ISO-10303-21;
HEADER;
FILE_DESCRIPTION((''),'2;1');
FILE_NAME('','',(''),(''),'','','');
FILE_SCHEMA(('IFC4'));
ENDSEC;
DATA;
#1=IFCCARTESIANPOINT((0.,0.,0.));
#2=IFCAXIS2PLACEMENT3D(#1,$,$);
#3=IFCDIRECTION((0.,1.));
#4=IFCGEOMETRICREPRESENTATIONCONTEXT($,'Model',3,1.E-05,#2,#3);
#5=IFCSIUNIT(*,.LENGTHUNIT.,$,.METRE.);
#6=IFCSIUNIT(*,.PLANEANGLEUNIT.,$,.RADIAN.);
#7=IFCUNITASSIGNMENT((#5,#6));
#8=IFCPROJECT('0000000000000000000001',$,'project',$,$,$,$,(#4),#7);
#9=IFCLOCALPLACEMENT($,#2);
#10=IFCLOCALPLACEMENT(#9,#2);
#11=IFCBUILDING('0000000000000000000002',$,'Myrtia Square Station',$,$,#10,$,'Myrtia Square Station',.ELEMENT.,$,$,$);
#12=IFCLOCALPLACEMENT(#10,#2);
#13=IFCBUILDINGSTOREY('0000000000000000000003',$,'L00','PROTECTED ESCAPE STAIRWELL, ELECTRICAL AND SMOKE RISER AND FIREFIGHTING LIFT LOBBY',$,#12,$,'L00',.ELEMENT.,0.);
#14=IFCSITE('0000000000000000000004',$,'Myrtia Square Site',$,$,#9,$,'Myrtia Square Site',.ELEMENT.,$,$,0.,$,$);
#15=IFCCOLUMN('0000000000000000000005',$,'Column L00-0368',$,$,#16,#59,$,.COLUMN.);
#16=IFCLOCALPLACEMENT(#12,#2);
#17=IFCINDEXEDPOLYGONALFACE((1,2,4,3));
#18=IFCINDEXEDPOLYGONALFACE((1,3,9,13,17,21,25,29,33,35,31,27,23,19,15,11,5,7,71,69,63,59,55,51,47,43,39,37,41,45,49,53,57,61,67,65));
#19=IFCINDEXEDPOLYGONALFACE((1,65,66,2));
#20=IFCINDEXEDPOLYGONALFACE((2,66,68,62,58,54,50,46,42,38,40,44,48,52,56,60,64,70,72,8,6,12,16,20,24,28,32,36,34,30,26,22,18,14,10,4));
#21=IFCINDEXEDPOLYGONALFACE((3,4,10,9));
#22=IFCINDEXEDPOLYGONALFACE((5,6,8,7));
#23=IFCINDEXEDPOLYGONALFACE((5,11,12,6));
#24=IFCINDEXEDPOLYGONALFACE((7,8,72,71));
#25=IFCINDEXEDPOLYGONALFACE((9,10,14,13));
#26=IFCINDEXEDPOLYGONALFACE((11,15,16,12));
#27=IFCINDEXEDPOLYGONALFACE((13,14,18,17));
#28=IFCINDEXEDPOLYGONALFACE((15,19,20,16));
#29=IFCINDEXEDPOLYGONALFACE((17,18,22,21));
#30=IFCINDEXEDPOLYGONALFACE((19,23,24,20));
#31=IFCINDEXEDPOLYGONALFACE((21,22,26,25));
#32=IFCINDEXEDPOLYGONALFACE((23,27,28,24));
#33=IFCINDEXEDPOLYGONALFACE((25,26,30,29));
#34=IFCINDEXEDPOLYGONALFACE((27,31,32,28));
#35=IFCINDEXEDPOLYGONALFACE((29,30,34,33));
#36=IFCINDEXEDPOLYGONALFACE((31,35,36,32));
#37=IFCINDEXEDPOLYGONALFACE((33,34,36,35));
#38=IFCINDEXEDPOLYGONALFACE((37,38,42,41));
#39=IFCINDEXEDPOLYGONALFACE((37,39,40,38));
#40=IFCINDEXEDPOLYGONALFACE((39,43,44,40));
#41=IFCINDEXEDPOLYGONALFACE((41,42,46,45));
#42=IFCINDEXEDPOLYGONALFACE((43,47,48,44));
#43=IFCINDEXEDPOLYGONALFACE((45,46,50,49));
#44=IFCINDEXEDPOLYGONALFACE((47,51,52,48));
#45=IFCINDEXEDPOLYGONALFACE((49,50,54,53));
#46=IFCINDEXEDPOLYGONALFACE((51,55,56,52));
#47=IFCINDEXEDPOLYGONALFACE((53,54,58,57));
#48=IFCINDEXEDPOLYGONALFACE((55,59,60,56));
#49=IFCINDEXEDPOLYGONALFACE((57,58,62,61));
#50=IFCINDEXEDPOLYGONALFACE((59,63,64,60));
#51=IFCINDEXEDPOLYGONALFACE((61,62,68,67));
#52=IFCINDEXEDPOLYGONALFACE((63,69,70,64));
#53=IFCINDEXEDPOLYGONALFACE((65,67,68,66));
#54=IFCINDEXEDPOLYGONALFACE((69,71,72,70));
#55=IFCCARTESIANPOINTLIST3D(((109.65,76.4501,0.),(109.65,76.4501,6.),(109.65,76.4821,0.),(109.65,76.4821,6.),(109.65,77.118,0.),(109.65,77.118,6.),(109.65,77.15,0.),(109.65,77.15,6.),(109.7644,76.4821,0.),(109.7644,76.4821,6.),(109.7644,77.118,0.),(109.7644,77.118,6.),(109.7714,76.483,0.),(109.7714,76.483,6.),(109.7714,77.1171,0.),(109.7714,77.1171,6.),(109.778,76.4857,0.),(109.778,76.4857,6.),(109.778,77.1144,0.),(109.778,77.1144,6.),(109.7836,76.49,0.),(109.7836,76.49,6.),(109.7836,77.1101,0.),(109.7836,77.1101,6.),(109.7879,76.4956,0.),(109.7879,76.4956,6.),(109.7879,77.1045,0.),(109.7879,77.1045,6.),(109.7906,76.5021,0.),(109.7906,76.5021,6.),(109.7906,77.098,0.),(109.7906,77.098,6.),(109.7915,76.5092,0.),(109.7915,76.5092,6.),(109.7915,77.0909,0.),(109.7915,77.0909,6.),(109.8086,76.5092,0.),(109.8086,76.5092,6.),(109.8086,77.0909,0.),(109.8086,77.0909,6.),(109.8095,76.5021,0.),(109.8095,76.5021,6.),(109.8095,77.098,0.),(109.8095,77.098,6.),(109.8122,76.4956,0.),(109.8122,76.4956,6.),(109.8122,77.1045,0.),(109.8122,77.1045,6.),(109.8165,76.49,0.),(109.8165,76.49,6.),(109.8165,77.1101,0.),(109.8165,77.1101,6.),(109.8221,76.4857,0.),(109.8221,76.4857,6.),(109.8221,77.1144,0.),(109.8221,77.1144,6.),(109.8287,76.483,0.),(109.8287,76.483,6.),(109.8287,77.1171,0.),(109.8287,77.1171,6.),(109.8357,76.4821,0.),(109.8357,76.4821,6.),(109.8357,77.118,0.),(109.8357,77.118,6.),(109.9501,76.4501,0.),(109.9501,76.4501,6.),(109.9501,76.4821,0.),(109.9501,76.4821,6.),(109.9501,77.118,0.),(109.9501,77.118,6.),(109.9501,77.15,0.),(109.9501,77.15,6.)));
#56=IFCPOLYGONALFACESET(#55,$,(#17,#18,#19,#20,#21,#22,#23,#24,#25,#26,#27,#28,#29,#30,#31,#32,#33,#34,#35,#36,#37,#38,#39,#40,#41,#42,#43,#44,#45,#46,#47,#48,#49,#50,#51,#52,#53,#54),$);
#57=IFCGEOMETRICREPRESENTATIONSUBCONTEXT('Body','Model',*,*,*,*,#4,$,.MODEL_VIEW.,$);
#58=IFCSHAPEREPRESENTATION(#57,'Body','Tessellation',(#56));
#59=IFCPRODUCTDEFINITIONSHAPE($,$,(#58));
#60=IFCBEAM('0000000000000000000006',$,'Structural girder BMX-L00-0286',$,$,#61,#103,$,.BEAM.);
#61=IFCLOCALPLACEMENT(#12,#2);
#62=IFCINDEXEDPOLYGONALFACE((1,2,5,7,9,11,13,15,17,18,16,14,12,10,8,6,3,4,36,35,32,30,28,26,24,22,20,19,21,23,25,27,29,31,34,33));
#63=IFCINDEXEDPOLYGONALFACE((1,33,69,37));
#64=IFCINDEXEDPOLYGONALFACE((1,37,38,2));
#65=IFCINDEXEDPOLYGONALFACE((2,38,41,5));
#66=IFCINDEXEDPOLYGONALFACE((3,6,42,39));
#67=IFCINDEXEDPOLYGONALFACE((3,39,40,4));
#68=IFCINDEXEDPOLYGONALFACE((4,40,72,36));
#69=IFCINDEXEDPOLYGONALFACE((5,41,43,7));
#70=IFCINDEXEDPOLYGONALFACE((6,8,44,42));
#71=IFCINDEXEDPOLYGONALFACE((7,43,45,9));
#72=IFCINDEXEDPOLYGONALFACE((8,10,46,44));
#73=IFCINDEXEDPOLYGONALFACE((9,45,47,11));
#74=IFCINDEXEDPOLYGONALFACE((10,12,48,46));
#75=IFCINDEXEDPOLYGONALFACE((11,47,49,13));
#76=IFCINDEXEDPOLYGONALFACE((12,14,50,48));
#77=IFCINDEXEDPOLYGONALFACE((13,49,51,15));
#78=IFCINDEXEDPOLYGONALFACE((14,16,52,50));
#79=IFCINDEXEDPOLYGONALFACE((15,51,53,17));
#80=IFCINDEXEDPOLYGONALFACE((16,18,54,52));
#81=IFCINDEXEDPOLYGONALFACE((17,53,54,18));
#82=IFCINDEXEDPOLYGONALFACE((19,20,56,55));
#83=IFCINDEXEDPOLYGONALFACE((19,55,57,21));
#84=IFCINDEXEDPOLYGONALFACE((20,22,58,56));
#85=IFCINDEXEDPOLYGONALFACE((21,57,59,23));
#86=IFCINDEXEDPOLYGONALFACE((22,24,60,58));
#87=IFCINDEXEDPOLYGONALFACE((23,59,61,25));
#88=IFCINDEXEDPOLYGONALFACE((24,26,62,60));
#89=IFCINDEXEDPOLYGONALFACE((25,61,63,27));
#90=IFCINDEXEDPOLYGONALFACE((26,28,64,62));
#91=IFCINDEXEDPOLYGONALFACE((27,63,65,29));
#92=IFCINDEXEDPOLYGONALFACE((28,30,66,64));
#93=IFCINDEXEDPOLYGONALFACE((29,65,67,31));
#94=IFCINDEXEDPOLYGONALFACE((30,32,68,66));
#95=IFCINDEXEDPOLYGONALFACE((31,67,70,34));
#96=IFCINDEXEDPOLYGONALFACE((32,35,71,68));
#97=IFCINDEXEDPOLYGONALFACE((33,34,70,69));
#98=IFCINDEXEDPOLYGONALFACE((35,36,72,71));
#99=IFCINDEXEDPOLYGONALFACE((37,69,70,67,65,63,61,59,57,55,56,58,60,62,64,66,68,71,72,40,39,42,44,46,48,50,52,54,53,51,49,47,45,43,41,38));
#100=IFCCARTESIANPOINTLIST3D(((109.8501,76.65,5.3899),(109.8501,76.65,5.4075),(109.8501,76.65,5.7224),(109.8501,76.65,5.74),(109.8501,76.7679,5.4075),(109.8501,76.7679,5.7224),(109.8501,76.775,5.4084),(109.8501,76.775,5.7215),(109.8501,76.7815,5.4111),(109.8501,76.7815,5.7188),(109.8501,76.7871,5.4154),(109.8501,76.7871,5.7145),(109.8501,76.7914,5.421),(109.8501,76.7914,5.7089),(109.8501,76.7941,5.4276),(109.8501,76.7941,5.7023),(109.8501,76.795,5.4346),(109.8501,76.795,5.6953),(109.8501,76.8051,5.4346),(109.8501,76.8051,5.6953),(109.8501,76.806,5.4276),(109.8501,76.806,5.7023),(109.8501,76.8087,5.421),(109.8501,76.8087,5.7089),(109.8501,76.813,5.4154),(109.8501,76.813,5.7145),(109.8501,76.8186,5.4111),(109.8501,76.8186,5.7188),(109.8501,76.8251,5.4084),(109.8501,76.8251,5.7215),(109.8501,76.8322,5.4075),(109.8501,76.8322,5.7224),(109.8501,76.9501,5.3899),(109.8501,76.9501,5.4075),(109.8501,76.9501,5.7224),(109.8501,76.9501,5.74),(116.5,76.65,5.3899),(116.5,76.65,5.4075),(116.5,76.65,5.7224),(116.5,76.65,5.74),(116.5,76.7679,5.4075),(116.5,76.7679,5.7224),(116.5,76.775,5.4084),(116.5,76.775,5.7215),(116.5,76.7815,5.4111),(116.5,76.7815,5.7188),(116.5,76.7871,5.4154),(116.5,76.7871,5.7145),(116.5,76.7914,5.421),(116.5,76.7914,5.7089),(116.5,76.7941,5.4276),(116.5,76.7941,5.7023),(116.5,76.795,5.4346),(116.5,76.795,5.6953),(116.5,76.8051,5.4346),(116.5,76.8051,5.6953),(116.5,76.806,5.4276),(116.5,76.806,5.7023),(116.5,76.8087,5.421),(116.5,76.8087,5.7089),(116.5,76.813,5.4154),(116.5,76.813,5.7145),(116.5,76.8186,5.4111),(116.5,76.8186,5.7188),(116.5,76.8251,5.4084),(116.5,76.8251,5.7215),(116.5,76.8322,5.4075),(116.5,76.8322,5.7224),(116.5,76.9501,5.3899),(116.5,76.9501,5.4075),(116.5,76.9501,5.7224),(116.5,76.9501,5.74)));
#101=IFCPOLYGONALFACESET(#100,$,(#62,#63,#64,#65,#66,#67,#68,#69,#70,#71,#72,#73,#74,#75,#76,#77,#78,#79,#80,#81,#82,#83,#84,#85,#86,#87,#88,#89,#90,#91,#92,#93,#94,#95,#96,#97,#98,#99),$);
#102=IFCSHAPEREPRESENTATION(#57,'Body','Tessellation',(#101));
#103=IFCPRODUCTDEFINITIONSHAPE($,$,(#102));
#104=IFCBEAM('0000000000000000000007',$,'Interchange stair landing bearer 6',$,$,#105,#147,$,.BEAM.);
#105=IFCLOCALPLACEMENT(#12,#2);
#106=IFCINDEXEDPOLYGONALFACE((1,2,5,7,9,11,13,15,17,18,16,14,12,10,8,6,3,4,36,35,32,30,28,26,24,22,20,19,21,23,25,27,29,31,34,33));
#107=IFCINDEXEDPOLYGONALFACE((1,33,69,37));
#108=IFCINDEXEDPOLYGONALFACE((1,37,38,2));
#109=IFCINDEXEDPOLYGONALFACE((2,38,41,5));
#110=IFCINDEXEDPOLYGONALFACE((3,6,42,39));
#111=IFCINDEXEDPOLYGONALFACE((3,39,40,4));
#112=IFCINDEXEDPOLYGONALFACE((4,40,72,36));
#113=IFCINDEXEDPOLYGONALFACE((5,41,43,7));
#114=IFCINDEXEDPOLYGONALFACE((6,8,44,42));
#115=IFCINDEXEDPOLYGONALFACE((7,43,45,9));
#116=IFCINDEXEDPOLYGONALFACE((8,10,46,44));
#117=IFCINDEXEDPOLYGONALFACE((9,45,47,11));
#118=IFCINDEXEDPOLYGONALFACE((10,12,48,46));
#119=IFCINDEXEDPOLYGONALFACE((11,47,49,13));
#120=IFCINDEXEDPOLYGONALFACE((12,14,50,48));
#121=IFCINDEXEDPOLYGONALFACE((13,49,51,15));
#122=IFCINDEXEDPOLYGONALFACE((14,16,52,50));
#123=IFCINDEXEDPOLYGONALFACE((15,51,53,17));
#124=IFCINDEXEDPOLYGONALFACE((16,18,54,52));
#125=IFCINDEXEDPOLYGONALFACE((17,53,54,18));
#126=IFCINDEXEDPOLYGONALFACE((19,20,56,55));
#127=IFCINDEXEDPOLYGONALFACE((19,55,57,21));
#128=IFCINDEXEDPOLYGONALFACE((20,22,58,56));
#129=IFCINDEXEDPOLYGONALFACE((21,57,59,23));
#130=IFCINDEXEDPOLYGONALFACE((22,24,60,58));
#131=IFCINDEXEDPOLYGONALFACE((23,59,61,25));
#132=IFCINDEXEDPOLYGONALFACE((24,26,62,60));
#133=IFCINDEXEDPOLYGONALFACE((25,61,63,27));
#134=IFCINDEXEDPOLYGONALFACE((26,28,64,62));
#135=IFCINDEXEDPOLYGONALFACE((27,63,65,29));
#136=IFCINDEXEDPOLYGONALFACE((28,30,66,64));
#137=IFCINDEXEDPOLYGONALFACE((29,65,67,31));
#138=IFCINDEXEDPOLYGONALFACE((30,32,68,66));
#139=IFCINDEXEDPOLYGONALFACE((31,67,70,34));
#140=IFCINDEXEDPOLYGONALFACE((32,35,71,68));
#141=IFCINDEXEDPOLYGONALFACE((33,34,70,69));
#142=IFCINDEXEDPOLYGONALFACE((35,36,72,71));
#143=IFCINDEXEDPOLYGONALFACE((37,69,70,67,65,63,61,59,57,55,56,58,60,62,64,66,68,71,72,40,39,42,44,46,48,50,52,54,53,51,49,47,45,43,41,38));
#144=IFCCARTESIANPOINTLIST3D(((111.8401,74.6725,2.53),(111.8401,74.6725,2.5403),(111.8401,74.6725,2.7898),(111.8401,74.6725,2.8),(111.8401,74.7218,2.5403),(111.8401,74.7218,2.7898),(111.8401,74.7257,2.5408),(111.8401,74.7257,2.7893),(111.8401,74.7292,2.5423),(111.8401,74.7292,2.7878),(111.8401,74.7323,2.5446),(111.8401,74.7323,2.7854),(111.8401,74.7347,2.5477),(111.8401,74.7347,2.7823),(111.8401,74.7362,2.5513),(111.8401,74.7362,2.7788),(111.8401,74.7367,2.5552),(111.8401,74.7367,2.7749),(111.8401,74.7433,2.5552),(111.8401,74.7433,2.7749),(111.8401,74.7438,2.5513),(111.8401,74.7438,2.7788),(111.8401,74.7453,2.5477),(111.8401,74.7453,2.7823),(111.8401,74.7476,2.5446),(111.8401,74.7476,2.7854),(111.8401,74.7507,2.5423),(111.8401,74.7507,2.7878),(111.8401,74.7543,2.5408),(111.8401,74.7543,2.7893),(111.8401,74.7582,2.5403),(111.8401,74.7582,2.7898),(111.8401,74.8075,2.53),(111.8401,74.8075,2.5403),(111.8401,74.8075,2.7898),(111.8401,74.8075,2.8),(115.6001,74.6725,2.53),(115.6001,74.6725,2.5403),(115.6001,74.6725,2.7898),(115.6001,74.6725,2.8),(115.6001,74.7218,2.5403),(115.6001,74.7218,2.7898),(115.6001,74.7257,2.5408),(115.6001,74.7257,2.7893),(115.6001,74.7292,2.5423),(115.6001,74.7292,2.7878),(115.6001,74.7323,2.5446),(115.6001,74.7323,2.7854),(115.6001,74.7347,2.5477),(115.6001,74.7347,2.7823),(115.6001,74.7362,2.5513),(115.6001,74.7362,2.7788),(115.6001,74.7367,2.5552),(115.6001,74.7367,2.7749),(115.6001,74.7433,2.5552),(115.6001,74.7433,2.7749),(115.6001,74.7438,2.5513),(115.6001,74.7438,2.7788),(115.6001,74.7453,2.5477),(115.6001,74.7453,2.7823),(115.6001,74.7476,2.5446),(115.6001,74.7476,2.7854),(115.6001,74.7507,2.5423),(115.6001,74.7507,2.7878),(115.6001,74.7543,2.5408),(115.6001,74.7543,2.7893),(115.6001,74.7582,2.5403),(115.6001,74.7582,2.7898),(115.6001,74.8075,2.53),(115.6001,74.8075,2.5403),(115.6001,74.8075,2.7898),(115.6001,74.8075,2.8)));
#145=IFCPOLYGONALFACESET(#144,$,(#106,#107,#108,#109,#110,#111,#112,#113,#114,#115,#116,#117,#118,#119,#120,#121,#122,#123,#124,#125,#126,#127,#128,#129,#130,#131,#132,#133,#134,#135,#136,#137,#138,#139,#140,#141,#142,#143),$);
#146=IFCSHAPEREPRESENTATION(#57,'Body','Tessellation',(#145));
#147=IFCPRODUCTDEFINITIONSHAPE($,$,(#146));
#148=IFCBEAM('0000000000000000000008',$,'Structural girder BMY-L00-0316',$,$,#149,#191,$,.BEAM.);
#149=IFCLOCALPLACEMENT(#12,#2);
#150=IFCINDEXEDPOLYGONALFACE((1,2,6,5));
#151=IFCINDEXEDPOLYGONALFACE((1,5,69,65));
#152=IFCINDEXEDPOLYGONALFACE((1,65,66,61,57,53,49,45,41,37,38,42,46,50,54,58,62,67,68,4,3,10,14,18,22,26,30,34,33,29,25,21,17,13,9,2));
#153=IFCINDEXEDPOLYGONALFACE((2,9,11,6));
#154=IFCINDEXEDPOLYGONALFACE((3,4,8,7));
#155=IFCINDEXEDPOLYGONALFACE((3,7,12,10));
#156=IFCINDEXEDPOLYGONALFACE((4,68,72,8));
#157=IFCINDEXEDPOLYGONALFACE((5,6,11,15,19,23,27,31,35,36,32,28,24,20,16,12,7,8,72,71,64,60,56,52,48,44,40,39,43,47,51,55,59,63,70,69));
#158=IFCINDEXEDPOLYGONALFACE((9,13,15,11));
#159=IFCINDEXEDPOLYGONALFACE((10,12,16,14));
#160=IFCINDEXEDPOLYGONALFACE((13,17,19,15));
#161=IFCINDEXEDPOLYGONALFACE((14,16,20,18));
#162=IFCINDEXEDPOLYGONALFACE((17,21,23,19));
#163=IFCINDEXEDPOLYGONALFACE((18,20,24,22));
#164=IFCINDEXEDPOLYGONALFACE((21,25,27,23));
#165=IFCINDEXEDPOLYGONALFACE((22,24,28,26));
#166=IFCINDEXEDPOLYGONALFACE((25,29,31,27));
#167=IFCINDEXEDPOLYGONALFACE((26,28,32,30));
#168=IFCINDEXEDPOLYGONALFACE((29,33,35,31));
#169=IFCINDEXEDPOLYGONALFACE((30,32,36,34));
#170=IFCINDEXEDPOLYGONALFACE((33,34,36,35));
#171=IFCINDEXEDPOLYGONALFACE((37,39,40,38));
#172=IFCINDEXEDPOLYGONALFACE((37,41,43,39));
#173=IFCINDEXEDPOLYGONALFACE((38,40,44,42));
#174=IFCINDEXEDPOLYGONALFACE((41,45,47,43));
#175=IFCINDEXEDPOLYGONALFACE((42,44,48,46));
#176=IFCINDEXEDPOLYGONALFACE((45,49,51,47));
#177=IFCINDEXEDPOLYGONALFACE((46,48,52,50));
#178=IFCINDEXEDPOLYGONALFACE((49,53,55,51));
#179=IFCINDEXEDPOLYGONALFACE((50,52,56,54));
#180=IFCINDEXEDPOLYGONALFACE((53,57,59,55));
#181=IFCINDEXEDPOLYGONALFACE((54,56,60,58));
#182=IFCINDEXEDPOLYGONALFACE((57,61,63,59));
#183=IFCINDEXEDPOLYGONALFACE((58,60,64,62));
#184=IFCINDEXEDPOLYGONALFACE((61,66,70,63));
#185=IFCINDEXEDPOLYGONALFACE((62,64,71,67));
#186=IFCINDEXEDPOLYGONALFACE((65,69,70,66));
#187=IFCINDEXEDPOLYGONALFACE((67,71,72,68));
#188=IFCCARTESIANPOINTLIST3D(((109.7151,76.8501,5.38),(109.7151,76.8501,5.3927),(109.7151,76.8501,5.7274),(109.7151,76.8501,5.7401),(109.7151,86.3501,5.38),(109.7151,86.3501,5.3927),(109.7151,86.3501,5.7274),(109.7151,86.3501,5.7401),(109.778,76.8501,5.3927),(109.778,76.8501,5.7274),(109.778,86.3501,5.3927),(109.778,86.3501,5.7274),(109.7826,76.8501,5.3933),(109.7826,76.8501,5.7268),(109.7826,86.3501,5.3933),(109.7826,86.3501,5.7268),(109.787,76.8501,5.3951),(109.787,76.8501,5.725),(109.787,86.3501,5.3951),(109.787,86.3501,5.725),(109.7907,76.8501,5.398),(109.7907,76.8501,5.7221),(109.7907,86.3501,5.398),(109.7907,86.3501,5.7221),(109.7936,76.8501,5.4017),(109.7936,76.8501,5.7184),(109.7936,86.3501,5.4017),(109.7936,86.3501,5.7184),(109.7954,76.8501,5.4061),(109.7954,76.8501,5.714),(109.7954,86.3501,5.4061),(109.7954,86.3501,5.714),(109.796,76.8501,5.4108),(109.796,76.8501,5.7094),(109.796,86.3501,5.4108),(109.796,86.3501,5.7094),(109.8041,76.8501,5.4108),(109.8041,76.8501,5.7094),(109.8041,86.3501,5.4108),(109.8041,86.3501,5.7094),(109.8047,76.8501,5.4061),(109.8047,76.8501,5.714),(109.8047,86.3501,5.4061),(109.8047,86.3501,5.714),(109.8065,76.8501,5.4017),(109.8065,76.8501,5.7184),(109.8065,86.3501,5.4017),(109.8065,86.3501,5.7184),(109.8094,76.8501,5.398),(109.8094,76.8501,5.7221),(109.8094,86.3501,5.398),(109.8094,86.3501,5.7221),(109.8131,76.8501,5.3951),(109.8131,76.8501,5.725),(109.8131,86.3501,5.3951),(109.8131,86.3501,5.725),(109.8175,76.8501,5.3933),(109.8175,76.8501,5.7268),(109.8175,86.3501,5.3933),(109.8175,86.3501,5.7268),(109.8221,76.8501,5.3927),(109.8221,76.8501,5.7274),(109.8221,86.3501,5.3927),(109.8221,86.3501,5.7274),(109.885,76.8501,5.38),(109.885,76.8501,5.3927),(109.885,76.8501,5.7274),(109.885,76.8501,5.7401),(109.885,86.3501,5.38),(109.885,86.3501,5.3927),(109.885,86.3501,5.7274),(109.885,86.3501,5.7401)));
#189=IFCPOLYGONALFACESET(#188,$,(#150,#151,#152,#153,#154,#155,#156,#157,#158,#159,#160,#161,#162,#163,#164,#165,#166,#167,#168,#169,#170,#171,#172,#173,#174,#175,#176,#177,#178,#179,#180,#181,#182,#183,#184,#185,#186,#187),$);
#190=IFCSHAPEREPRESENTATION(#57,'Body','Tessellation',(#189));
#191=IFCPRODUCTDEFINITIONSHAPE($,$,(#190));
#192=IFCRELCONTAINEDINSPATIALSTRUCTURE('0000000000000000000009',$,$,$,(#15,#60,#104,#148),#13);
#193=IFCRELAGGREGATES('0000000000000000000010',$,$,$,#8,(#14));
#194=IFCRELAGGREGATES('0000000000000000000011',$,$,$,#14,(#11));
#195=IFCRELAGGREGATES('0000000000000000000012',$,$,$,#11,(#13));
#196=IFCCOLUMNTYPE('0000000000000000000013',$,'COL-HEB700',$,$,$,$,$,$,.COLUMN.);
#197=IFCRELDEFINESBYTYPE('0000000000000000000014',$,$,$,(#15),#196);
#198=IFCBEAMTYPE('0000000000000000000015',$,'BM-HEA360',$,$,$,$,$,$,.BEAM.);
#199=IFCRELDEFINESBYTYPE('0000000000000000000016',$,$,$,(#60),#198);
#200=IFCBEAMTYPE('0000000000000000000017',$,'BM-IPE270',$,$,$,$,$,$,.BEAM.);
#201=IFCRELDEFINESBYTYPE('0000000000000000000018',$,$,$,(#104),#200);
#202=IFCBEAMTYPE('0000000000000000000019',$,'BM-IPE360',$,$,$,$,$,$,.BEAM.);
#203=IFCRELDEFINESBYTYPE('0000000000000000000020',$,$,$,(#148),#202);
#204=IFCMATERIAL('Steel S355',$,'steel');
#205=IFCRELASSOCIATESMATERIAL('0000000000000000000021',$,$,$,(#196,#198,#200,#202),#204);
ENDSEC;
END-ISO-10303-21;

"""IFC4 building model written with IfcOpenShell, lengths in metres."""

from ifc_helpers import new_model, si_unit, direction, frame, origin, origin_2d, place, context, subcontext, project, spatial, i_section, extrude, material, material_profile, profile_set, type_object, element, save


model = new_model("IFC4")

# Units and contexts
model_context = context("Model", 3, precision=1e-05, world=origin(), true_north=direction((0.0, 1.0)))
body_context = subcontext(model_context, "Body", "Model", "MODEL_VIEW")
ifc_project = project(units=[si_unit("LENGTHUNIT", "METRE"), si_unit("PLANEANGLEUNIT", "RADIAN")], contexts=[model_context])

# Site, building, storey
site_placement = place(None, origin())
site = spatial("IfcSite", under=ifc_project, at=site_placement, Name="Myrtia Square Site", LongName="Myrtia Square Site", CompositionType="ELEMENT", RefElevation=0.0)
building_placement = place(site_placement, origin())
building = spatial("IfcBuilding", under=site, at=building_placement, Name="Myrtia Square Station", LongName="Myrtia Square Station", CompositionType="ELEMENT")
storey_placement = place(building_placement, origin())
storey = spatial("IfcBuildingStorey", under=building, at=storey_placement, Name="L00", Description="PROTECTED ESCAPE STAIRWELL, ELECTRICAL AND SMOKE RISER AND FIREFIGHTING LIFT LOBBY", LongName="L00", CompositionType="ELEMENT", Elevation=0.0)

# Column
ifc_material_1 = material(Name="Steel S355", Category="steel")
ifc_material_profile_1 = material_profile(ifc_material_1, i_section(OverallWidth=0.3, OverallDepth=0.7, WebThickness=0.0171, FlangeThickness=0.032, FilletRadius=0.0271, at=origin_2d()), Name="HEB 700")
ifc_profile_set_1 = profile_set([ifc_material_profile_1], Name="Steel S355")
column_type_1 = type_object("IfcColumnType", Name="COL-HEB700", PredefinedType="COLUMN", material=ifc_profile_set_1)
column_placement = place(storey_placement, frame((109.8, 76.8, 0.0), z_axis=(0.0, 0.0, 1.0), x_axis=(1.0, 0.0, 0.0)))
element("IfcColumn", 1, at=column_placement, inside=storey, type_object=column_type_1, Name="Column L00-0368", PredefinedType="COLUMN", context=body_context, shape_type="SweptSolid", body=[
    extrude(i_section(OverallWidth=0.3, OverallDepth=0.7, WebThickness=0.0171, FlangeThickness=0.032, FilletRadius=0.0271, at=origin_2d()), origin(), (0.0, 0.0, 1.0), 6.0),
])

# Beams
ifc_material_profile_2 = material_profile(ifc_material_1, i_section(OverallWidth=0.3, OverallDepth=0.3501, WebThickness=0.01, FlangeThickness=0.0176, FilletRadius=0.0271, at=origin_2d()), Name="HEA 360")
ifc_profile_set_2 = profile_set([ifc_material_profile_2], Name="Steel S355")
beam_type_1 = type_object("IfcBeamType", Name="BM-HEA360", PredefinedType="BEAM", material=ifc_profile_set_2)
beam_1_placement = place(storey_placement, frame((109.8501, 76.8, 5.5649), z_axis=(1.0, 0.0, 0.0), x_axis=(0.0, 1.0, 0.0)))
element("IfcBeam", 2, at=beam_1_placement, inside=storey, type_object=beam_type_1, Name="Structural girder BMX-L00-0286", PredefinedType="BEAM", context=body_context, shape_type="SweptSolid", body=[
    extrude(i_section(OverallWidth=0.3, OverallDepth=0.3501, WebThickness=0.01, FlangeThickness=0.0176, FilletRadius=0.0271, at=origin_2d()), origin(), (0.0, 0.0, 1.0), 6.6499),
])
ifc_material_profile_3 = material_profile(ifc_material_1, i_section(OverallWidth=0.135, OverallDepth=0.27, WebThickness=0.0066, FlangeThickness=0.0103, FilletRadius=0.0149, at=origin_2d()), Name="IPE 270")
ifc_profile_set_3 = profile_set([ifc_material_profile_3], Name="Steel S355")
beam_type_2 = type_object("IfcBeamType", Name="BM-IPE270", PredefinedType="BEAM", material=ifc_profile_set_3)
beam_2_placement = place(storey_placement, frame((111.8401, 74.74, 2.665), z_axis=(1.0, 0.0, 0.0), x_axis=(0.0, 1.0, 0.0)))
element("IfcBeam", 3, at=beam_2_placement, inside=storey, type_object=beam_type_2, Name="Interchange stair landing bearer 6", PredefinedType="BEAM", context=body_context, shape_type="SweptSolid", body=[
    extrude(i_section(OverallWidth=0.135, OverallDepth=0.27, WebThickness=0.0066, FlangeThickness=0.0103, FilletRadius=0.0149, at=origin_2d()), origin(), (0.0, 0.0, 1.0), 3.76),
])
ifc_material_profile_4 = material_profile(ifc_material_1, i_section(OverallWidth=0.1699, OverallDepth=0.3601, WebThickness=0.0081, FlangeThickness=0.0127, FilletRadius=0.0181, at=origin_2d()), Name="IPE 360")
ifc_profile_set_4 = profile_set([ifc_material_profile_4], Name="Steel S355")
beam_type_3 = type_object("IfcBeamType", Name="BM-IPE360", PredefinedType="BEAM", material=ifc_profile_set_4)
beam_3_placement = place(storey_placement, frame((109.8, 76.8501, 5.5601), z_axis=(0.0, 1.0, 0.0), x_axis=(-1.0, 0.0, 0.0)))
element("IfcBeam", 4, at=beam_3_placement, inside=storey, type_object=beam_type_3, Name="Structural girder BMY-L00-0316", PredefinedType="BEAM", context=body_context, shape_type="SweptSolid", body=[
    extrude(i_section(OverallWidth=0.1699, OverallDepth=0.3601, WebThickness=0.0081, FlangeThickness=0.0127, FilletRadius=0.0181, at=origin_2d()), origin(), (0.0, 0.0, 1.0), 9.5),
])

save(model, "model.ifc")
